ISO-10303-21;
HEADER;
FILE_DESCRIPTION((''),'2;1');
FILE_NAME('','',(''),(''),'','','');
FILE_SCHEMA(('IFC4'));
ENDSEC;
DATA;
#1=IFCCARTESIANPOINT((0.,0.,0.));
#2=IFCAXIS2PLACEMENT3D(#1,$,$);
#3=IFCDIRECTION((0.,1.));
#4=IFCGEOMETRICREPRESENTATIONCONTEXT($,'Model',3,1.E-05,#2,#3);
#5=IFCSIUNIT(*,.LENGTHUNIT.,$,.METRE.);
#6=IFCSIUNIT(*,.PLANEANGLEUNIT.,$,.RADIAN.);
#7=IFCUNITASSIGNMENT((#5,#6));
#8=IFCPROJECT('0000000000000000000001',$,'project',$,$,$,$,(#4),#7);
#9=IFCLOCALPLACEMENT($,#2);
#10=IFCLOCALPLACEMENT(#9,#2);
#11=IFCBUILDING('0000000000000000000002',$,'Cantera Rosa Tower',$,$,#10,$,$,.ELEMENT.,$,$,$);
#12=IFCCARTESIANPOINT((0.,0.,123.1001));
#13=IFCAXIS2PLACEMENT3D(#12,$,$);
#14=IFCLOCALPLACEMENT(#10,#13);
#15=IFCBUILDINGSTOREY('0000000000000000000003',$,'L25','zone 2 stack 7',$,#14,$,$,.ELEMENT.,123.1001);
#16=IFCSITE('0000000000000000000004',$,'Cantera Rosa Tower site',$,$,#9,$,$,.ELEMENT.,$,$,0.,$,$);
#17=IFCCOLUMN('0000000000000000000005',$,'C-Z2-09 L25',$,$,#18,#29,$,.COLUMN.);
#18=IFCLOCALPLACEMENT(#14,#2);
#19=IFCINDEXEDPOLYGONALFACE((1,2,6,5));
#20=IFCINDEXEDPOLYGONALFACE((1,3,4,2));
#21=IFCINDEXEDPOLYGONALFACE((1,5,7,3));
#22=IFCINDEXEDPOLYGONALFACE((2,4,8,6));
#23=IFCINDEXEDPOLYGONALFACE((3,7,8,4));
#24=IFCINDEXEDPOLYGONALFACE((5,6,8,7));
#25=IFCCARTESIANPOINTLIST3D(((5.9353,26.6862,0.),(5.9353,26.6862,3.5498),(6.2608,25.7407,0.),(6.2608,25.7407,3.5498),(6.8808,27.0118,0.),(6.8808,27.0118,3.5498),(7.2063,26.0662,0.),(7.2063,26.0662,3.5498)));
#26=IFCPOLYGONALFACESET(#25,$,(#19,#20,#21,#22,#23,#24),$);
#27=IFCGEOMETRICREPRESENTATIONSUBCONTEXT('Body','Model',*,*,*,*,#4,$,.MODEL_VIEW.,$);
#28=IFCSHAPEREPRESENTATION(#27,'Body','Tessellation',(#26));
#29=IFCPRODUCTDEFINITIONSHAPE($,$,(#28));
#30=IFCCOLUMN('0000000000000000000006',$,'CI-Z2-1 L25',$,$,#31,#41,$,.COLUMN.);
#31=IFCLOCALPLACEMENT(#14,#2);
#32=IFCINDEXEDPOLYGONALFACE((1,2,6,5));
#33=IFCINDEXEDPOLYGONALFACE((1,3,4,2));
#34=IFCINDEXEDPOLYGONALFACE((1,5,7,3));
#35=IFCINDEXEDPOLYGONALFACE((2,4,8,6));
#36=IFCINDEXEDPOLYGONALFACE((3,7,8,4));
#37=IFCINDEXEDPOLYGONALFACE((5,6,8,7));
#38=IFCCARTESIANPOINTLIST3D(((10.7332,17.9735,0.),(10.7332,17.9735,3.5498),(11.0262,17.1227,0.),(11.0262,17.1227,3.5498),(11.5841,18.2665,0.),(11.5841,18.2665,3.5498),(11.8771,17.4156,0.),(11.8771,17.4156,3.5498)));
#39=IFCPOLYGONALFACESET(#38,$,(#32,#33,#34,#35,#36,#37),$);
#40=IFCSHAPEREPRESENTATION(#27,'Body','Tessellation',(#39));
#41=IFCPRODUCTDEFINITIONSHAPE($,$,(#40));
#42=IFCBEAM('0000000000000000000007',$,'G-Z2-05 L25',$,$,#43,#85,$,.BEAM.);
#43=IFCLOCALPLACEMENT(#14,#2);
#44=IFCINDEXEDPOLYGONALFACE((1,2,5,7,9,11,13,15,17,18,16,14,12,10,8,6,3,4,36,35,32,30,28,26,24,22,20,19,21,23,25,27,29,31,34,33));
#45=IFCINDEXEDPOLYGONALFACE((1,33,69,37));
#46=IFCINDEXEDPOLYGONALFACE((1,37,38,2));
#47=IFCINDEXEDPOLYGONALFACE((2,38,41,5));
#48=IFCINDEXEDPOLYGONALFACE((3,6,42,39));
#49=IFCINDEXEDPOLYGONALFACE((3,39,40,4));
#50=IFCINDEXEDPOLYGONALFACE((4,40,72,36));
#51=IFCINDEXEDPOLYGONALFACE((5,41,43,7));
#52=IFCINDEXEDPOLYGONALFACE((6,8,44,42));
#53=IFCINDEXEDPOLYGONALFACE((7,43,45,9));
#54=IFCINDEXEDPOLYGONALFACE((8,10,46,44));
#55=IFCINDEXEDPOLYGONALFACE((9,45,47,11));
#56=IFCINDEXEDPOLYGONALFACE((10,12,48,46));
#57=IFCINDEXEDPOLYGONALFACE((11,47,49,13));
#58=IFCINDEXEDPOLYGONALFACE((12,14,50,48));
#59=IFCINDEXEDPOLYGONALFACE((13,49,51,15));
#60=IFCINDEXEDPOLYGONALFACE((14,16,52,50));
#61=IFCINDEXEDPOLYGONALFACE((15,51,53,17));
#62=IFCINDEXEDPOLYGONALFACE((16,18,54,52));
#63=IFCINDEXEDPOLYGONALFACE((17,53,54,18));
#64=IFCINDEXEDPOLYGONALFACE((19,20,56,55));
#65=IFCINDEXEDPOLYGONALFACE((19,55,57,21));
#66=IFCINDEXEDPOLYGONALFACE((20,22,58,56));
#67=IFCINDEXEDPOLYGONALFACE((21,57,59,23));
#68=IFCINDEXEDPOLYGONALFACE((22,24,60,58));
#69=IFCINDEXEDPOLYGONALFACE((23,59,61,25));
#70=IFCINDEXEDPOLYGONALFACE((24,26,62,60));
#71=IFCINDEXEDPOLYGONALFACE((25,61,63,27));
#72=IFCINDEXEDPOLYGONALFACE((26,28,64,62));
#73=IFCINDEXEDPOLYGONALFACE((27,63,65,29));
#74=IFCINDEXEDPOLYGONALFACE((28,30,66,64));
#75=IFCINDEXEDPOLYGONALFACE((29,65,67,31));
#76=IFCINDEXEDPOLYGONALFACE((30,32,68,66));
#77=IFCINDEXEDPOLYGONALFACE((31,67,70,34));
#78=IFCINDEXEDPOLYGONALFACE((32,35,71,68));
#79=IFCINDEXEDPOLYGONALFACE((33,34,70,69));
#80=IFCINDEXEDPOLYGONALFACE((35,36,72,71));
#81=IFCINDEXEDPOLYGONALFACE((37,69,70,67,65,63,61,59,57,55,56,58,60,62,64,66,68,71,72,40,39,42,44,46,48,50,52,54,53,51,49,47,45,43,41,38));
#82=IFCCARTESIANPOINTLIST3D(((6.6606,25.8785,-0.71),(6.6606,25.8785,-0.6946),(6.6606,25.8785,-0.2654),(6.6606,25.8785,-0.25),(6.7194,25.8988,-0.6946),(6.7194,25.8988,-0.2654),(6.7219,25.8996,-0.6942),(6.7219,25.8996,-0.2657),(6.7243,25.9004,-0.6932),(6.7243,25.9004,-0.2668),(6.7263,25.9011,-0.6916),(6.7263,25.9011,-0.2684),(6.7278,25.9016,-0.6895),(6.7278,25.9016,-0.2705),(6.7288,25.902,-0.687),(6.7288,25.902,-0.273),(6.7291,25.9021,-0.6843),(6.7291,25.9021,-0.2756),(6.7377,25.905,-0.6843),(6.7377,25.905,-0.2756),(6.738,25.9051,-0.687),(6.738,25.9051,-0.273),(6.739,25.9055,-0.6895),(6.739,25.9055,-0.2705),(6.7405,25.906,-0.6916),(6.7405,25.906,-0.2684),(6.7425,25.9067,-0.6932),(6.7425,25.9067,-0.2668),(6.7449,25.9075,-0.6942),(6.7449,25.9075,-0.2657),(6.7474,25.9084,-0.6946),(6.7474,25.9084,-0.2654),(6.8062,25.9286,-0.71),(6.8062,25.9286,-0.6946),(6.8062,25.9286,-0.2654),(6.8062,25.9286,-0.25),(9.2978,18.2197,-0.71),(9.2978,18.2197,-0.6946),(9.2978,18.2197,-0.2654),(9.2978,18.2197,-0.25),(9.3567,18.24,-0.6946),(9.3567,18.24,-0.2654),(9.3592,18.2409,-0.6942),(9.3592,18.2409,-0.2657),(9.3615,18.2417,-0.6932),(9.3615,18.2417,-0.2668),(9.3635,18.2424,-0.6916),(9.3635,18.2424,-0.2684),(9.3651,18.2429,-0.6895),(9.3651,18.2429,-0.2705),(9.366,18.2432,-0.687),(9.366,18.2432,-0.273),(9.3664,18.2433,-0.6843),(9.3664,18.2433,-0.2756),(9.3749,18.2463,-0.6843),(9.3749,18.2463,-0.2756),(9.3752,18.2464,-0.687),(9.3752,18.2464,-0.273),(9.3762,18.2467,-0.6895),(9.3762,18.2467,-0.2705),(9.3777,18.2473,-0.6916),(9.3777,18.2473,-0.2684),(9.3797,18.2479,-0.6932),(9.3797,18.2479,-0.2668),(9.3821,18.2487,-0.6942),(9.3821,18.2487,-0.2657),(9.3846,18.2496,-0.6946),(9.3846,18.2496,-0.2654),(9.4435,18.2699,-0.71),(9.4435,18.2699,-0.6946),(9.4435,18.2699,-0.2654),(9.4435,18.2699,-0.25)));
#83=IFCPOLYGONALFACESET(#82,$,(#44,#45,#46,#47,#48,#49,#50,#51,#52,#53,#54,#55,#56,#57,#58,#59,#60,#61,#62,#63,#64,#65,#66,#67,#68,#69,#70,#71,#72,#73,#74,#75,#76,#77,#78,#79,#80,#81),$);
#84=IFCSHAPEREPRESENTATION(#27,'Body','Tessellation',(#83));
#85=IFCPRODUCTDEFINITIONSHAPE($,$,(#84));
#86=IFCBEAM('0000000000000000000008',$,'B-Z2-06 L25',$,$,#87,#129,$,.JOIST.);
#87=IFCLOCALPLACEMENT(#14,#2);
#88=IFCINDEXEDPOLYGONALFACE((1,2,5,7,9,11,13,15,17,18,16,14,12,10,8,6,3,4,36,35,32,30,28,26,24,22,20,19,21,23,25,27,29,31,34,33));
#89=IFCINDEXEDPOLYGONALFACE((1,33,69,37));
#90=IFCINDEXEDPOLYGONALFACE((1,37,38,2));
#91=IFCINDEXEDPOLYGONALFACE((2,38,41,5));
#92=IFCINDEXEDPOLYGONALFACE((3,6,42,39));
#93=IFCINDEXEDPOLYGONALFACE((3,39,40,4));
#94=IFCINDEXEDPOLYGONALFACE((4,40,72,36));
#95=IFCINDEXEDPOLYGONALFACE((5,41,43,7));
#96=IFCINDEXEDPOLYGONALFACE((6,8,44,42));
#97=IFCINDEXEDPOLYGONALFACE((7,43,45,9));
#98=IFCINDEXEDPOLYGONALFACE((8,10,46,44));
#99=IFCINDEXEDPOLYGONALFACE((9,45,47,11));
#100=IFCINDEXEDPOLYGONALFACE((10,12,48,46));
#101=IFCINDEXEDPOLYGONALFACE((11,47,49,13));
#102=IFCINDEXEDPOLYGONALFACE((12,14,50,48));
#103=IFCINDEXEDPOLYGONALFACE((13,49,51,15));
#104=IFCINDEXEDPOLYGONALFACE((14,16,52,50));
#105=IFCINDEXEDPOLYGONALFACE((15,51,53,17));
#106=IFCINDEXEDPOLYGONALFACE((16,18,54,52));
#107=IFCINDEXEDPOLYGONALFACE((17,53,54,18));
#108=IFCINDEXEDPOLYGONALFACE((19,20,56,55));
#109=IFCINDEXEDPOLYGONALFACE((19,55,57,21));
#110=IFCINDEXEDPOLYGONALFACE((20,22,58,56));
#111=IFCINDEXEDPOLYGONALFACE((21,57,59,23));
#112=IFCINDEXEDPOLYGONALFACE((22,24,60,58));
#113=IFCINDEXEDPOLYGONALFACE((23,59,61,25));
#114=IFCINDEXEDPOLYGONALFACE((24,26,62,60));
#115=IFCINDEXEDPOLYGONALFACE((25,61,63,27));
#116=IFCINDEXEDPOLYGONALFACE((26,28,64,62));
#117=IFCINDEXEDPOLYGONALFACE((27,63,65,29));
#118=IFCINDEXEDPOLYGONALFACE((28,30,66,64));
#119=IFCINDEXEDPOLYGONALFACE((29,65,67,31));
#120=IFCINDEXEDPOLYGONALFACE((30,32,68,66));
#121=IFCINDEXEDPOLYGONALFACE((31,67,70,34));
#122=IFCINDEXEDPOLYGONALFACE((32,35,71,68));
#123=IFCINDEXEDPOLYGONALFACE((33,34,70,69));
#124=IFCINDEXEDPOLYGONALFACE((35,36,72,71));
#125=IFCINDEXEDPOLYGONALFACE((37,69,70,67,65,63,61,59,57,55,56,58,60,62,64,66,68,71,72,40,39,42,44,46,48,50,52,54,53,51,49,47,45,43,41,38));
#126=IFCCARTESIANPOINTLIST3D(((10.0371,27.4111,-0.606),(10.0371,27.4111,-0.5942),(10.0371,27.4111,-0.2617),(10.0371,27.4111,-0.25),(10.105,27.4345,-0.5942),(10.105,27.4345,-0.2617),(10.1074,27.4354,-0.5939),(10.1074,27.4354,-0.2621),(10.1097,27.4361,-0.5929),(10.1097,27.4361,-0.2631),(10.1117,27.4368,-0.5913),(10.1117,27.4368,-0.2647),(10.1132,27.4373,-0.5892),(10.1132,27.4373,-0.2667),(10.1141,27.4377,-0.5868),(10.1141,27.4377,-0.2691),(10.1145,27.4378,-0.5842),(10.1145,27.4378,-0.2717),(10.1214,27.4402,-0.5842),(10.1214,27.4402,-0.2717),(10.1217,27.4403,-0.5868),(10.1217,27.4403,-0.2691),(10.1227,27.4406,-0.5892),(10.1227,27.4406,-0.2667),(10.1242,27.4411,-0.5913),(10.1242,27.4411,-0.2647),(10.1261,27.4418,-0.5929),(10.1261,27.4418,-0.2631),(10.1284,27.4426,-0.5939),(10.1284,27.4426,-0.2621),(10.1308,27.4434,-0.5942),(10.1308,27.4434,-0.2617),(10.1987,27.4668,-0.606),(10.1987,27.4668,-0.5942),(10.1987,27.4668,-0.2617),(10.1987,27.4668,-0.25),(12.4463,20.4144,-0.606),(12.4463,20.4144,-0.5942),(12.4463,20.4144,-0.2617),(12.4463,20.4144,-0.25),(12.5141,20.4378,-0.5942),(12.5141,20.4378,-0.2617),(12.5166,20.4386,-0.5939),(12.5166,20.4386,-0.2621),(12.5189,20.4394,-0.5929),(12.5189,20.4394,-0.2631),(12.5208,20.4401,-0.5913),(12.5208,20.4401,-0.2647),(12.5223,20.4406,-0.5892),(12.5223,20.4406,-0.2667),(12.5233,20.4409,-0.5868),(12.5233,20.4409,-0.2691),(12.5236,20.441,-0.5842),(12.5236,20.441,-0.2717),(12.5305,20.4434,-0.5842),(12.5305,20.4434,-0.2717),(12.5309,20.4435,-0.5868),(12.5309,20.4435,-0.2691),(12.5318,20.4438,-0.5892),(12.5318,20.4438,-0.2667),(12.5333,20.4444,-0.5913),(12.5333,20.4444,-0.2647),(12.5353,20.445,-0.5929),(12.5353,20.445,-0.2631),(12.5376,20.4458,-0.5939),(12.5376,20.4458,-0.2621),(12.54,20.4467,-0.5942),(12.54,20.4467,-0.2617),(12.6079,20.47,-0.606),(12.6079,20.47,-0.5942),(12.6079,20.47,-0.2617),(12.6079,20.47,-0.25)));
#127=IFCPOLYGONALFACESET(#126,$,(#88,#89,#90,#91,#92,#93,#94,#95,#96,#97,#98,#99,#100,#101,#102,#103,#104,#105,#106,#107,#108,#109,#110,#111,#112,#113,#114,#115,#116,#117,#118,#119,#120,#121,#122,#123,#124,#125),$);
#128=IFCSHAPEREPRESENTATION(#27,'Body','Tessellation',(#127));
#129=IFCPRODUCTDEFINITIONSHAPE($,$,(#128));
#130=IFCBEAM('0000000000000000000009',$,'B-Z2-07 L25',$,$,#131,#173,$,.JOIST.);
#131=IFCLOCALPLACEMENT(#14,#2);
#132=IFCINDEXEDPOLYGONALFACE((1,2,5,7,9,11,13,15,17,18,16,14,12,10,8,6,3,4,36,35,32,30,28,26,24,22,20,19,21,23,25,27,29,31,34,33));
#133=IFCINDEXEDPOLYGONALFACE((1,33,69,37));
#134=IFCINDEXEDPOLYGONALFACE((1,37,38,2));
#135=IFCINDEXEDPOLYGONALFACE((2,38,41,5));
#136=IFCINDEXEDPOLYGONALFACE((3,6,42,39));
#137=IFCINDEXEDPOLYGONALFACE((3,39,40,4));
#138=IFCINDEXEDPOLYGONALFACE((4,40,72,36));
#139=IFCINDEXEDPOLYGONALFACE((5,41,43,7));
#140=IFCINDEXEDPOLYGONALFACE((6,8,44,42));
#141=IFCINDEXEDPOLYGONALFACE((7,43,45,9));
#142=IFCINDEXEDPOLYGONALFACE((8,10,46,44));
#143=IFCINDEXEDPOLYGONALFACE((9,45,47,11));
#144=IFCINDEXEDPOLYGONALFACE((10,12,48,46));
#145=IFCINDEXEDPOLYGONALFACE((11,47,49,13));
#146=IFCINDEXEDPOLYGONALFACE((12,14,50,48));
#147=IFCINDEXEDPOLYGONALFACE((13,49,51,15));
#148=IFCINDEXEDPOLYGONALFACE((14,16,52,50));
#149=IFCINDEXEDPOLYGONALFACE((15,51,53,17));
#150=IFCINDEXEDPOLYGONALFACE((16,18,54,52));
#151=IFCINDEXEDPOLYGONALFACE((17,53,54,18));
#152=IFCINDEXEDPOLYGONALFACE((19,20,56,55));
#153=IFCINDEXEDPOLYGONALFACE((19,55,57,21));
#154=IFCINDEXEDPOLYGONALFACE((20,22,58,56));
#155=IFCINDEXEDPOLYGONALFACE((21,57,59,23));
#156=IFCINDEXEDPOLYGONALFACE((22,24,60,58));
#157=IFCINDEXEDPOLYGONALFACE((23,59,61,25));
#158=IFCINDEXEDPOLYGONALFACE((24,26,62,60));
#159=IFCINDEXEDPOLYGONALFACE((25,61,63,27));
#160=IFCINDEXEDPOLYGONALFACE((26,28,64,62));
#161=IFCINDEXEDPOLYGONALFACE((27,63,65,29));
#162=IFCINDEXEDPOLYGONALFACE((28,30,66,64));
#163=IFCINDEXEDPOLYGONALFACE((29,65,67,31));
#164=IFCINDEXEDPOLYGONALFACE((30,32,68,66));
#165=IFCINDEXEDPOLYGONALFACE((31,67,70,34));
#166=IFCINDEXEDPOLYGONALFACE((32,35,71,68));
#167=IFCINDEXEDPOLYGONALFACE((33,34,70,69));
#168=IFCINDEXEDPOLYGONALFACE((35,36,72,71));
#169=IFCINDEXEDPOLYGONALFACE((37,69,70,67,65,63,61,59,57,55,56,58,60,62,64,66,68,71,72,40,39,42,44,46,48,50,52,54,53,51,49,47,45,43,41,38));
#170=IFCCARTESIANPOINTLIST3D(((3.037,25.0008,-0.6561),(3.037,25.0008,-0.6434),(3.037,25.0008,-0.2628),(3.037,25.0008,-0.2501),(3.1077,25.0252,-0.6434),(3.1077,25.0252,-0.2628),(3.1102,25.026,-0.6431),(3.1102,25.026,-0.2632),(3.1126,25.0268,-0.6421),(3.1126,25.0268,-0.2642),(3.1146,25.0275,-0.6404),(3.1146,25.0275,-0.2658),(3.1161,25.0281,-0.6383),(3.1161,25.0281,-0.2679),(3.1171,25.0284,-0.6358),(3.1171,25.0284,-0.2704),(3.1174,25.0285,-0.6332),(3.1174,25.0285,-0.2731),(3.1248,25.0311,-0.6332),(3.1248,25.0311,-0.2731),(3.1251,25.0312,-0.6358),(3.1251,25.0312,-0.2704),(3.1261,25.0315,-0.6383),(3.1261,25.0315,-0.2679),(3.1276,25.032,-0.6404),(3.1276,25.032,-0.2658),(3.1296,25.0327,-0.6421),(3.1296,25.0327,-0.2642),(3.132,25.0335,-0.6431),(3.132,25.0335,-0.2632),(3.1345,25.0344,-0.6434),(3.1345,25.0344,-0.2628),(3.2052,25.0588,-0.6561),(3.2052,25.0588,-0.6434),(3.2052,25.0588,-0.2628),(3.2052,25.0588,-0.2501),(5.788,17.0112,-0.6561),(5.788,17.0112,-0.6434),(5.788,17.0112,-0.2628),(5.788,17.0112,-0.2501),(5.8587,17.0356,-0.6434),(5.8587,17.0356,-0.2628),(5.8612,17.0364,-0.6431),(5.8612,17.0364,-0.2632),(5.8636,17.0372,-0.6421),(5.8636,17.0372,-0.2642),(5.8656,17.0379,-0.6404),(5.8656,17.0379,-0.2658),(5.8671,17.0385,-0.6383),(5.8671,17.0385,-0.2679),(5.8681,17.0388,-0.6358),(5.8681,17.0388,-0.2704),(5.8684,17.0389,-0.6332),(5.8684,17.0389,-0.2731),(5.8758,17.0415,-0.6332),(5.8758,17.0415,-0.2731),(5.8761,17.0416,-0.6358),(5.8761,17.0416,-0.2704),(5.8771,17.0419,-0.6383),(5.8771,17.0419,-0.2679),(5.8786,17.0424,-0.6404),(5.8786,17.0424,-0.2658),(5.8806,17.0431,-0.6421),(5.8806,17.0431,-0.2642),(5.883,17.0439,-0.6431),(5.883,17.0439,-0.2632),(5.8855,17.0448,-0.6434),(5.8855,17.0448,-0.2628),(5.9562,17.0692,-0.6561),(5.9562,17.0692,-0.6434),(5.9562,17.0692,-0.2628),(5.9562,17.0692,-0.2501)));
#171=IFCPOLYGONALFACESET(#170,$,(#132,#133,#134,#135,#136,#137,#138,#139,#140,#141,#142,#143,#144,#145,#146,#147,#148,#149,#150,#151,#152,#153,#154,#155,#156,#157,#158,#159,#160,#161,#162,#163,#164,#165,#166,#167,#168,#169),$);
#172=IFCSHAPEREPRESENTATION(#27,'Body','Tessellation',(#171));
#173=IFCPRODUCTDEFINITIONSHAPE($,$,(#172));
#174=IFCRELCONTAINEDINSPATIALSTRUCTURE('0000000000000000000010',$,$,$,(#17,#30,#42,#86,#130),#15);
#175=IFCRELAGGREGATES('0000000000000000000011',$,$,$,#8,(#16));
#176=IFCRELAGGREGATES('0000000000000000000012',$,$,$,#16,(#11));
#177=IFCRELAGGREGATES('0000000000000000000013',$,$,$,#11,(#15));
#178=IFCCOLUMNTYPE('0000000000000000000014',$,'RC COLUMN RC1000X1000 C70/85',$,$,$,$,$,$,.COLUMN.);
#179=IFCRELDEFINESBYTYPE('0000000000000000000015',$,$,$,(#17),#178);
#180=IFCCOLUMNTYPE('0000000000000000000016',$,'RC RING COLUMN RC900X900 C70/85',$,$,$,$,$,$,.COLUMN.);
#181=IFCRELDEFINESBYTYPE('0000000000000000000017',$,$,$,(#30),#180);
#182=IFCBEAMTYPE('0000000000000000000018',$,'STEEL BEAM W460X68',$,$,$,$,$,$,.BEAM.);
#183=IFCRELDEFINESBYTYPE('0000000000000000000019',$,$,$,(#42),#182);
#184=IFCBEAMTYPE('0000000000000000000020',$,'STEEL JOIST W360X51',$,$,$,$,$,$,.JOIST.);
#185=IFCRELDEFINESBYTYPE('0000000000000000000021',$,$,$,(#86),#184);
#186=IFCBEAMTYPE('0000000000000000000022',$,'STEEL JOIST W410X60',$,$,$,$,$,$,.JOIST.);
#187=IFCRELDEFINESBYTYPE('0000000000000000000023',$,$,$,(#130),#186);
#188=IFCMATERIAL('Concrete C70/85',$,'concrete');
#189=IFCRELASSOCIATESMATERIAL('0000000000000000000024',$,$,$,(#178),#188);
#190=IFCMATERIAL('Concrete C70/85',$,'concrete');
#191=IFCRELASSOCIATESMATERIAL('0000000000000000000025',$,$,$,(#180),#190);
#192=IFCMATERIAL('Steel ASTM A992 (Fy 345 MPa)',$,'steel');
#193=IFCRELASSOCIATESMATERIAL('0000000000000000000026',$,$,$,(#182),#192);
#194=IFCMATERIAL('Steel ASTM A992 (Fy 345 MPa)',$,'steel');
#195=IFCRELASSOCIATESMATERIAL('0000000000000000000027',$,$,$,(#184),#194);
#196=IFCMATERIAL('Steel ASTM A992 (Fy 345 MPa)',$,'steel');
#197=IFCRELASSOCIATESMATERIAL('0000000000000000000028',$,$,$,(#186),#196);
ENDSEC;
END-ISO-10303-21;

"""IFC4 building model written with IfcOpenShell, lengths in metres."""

from ifc_helpers import new_model, si_unit, direction, frame, origin, origin_2d, place, context, subcontext, project, spatial, rectangle, i_section, extrude, material, material_profile, profile_set, type_object, element, save


model = new_model("IFC4")

# Units and contexts
model_context = context("Model", 3, precision=1e-05, world=origin(), true_north=direction((0.0, 1.0)))
body_context = subcontext(model_context, "Body", "Model", "MODEL_VIEW")
ifc_project = project(units=[si_unit("LENGTHUNIT", "METRE"), si_unit("PLANEANGLEUNIT", "RADIAN")], contexts=[model_context])

# Site, building, storey
site_placement = place(None, origin())
site = spatial("IfcSite", under=ifc_project, at=site_placement, Name="Cantera Rosa Tower site", CompositionType="ELEMENT", RefElevation=0.0)
building_placement = place(site_placement, origin())
building = spatial("IfcBuilding", under=site, at=building_placement, Name="Cantera Rosa Tower", CompositionType="ELEMENT")
storey_placement = place(building_placement, frame((0.0, 0.0, 123.1001)))
storey = spatial("IfcBuildingStorey", under=building, at=storey_placement, Name="L25", Description="zone 2 stack 7", CompositionType="ELEMENT", Elevation=123.1001)

# Columns
ifc_material_1 = material(Name="Concrete C70/85", Category="concrete")
ifc_material_profile_1 = material_profile(ifc_material_1, rectangle(XDim=1.0, YDim=1.0, at=origin_2d()), Name="RC COLUMN RC1000X1000 C70/85")
ifc_profile_set_1 = profile_set([ifc_material_profile_1], Name="Concrete C70/85")
column_type_1 = type_object("IfcColumnType", Name="RC COLUMN RC1000X1000 C70/85", PredefinedType="COLUMN", material=ifc_profile_set_1)
column_1_placement = place(storey_placement, frame((6.5708, 26.3762, 0.0), z_axis=(0.0, 0.0, 1.0), x_axis=(0.945519, 0.325568, 0.0)))
element("IfcColumn", 1, at=column_1_placement, inside=storey, type_object=column_type_1, Name="C-Z2-09 L25", PredefinedType="COLUMN", context=body_context, shape_type="SweptSolid", body=[
    extrude(rectangle(XDim=1.0, YDim=1.0, at=origin_2d()), origin(), (0.0, 0.0, 1.0), 3.5498),
])
ifc_material_2 = material(Name="Concrete C70/85", Category="concrete")
ifc_material_profile_2 = material_profile(ifc_material_2, rectangle(XDim=0.8999, YDim=0.8999, at=origin_2d()), Name="RC RING COLUMN RC900X900 C70/85")
ifc_profile_set_2 = profile_set([ifc_material_profile_2], Name="Concrete C70/85")
column_type_2 = type_object("IfcColumnType", Name="RC RING COLUMN RC900X900 C70/85", PredefinedType="COLUMN", material=ifc_profile_set_2)
column_2_placement = place(storey_placement, frame((11.3052, 17.6946, 0.0), z_axis=(0.0, 0.0, 1.0), x_axis=(0.945519, 0.325568, 0.0)))
element("IfcColumn", 2, at=column_2_placement, inside=storey, type_object=column_type_2, Name="CI-Z2-1 L25", PredefinedType="COLUMN", context=body_context, shape_type="SweptSolid", body=[
    extrude(rectangle(XDim=0.8999, YDim=0.8999, at=origin_2d()), origin(), (0.0, 0.0, 1.0), 3.5498),
])

# Beams
ifc_material_3 = material(Name="Steel ASTM A992 (Fy 345 MPa)", Category="steel")
ifc_material_profile_3 = material_profile(ifc_material_3, i_section(OverallWidth=0.1541, OverallDepth=0.46, WebThickness=0.009, FlangeThickness=0.0154, FilletRadius=0.0103, at=origin_2d()), Name="W460X68")
ifc_profile_set_3 = profile_set([ifc_material_profile_3], Name="Steel ASTM A992 (Fy 345 MPa)")
beam_type_1 = type_object("IfcBeamType", Name="STEEL BEAM W460X68", PredefinedType="BEAM", material=ifc_profile_set_3)
beam_1_placement = place(storey_placement, frame((6.7334, 25.9036, -0.48), z_axis=(0.32558, -0.945514, 0.0), x_axis=(0.945514, 0.32558, 0.0)))
element("IfcBeam", 3, at=beam_1_placement, inside=storey, type_object=beam_type_1, Name="G-Z2-05 L25", PredefinedType="BEAM", context=body_context, shape_type="SweptSolid", body=[
    extrude(i_section(OverallWidth=0.1541, OverallDepth=0.46, WebThickness=0.009, FlangeThickness=0.0154, FilletRadius=0.0103, at=origin_2d()), origin(), (0.0, 0.0, 1.0), 8.1001),
])
ifc_material_4 = material(Name="Steel ASTM A992 (Fy 345 MPa)", Category="steel")
ifc_material_profile_4 = material_profile(ifc_material_4, i_section(OverallWidth=0.1709, OverallDepth=0.356, WebThickness=0.0073, FlangeThickness=0.0117, FilletRadius=0.01, at=origin_2d()), Name="W360X51")
ifc_profile_set_4 = profile_set([ifc_material_profile_4], Name="Steel ASTM A992 (Fy 345 MPa)")
beam_type_2 = type_object("IfcBeamType", Name="STEEL JOIST W360X51", PredefinedType="JOIST", material=ifc_profile_set_4)
beam_2_placement = place(storey_placement, frame((10.1179, 27.439, -0.428), z_axis=(0.325566, -0.945519, 0.0), x_axis=(0.945519, 0.325566, 0.0)))
element("IfcBeam", 4, at=beam_2_placement, inside=storey, type_object=beam_type_2, Name="B-Z2-06 L25", PredefinedType="JOIST", context=body_context, shape_type="SweptSolid", body=[
    extrude(i_section(OverallWidth=0.1709, OverallDepth=0.356, WebThickness=0.0073, FlangeThickness=0.0117, FilletRadius=0.01, at=origin_2d()), origin(), (0.0, 0.0, 1.0), 7.3999),
])
ifc_material_5 = material(Name="Steel ASTM A992 (Fy 345 MPa)", Category="steel")
ifc_material_profile_5 = material_profile(ifc_material_5, i_section(OverallWidth=0.178, OverallDepth=0.406, WebThickness=0.0078, FlangeThickness=0.0127, FilletRadius=0.0103, at=origin_2d()), Name="W410X60")
ifc_profile_set_5 = profile_set([ifc_material_profile_5], Name="Steel ASTM A992 (Fy 345 MPa)")
beam_type_3 = type_object("IfcBeamType", Name="STEEL JOIST W410X60", PredefinedType="JOIST", material=ifc_profile_set_5)
beam_3_placement = place(storey_placement, frame((3.1211, 25.0298, -0.4531), z_axis=(0.325565, -0.94552, 0.0), x_axis=(0.94552, 0.325565, 0.0)))
element("IfcBeam", 5, at=beam_3_placement, inside=storey, type_object=beam_type_3, Name="B-Z2-07 L25", PredefinedType="JOIST", context=body_context, shape_type="SweptSolid", body=[
    extrude(i_section(OverallWidth=0.178, OverallDepth=0.406, WebThickness=0.0078, FlangeThickness=0.0127, FilletRadius=0.0103, at=origin_2d()), origin(), (0.0, 0.0, 1.0), 8.45),
])

save(model, "model.ifc")
